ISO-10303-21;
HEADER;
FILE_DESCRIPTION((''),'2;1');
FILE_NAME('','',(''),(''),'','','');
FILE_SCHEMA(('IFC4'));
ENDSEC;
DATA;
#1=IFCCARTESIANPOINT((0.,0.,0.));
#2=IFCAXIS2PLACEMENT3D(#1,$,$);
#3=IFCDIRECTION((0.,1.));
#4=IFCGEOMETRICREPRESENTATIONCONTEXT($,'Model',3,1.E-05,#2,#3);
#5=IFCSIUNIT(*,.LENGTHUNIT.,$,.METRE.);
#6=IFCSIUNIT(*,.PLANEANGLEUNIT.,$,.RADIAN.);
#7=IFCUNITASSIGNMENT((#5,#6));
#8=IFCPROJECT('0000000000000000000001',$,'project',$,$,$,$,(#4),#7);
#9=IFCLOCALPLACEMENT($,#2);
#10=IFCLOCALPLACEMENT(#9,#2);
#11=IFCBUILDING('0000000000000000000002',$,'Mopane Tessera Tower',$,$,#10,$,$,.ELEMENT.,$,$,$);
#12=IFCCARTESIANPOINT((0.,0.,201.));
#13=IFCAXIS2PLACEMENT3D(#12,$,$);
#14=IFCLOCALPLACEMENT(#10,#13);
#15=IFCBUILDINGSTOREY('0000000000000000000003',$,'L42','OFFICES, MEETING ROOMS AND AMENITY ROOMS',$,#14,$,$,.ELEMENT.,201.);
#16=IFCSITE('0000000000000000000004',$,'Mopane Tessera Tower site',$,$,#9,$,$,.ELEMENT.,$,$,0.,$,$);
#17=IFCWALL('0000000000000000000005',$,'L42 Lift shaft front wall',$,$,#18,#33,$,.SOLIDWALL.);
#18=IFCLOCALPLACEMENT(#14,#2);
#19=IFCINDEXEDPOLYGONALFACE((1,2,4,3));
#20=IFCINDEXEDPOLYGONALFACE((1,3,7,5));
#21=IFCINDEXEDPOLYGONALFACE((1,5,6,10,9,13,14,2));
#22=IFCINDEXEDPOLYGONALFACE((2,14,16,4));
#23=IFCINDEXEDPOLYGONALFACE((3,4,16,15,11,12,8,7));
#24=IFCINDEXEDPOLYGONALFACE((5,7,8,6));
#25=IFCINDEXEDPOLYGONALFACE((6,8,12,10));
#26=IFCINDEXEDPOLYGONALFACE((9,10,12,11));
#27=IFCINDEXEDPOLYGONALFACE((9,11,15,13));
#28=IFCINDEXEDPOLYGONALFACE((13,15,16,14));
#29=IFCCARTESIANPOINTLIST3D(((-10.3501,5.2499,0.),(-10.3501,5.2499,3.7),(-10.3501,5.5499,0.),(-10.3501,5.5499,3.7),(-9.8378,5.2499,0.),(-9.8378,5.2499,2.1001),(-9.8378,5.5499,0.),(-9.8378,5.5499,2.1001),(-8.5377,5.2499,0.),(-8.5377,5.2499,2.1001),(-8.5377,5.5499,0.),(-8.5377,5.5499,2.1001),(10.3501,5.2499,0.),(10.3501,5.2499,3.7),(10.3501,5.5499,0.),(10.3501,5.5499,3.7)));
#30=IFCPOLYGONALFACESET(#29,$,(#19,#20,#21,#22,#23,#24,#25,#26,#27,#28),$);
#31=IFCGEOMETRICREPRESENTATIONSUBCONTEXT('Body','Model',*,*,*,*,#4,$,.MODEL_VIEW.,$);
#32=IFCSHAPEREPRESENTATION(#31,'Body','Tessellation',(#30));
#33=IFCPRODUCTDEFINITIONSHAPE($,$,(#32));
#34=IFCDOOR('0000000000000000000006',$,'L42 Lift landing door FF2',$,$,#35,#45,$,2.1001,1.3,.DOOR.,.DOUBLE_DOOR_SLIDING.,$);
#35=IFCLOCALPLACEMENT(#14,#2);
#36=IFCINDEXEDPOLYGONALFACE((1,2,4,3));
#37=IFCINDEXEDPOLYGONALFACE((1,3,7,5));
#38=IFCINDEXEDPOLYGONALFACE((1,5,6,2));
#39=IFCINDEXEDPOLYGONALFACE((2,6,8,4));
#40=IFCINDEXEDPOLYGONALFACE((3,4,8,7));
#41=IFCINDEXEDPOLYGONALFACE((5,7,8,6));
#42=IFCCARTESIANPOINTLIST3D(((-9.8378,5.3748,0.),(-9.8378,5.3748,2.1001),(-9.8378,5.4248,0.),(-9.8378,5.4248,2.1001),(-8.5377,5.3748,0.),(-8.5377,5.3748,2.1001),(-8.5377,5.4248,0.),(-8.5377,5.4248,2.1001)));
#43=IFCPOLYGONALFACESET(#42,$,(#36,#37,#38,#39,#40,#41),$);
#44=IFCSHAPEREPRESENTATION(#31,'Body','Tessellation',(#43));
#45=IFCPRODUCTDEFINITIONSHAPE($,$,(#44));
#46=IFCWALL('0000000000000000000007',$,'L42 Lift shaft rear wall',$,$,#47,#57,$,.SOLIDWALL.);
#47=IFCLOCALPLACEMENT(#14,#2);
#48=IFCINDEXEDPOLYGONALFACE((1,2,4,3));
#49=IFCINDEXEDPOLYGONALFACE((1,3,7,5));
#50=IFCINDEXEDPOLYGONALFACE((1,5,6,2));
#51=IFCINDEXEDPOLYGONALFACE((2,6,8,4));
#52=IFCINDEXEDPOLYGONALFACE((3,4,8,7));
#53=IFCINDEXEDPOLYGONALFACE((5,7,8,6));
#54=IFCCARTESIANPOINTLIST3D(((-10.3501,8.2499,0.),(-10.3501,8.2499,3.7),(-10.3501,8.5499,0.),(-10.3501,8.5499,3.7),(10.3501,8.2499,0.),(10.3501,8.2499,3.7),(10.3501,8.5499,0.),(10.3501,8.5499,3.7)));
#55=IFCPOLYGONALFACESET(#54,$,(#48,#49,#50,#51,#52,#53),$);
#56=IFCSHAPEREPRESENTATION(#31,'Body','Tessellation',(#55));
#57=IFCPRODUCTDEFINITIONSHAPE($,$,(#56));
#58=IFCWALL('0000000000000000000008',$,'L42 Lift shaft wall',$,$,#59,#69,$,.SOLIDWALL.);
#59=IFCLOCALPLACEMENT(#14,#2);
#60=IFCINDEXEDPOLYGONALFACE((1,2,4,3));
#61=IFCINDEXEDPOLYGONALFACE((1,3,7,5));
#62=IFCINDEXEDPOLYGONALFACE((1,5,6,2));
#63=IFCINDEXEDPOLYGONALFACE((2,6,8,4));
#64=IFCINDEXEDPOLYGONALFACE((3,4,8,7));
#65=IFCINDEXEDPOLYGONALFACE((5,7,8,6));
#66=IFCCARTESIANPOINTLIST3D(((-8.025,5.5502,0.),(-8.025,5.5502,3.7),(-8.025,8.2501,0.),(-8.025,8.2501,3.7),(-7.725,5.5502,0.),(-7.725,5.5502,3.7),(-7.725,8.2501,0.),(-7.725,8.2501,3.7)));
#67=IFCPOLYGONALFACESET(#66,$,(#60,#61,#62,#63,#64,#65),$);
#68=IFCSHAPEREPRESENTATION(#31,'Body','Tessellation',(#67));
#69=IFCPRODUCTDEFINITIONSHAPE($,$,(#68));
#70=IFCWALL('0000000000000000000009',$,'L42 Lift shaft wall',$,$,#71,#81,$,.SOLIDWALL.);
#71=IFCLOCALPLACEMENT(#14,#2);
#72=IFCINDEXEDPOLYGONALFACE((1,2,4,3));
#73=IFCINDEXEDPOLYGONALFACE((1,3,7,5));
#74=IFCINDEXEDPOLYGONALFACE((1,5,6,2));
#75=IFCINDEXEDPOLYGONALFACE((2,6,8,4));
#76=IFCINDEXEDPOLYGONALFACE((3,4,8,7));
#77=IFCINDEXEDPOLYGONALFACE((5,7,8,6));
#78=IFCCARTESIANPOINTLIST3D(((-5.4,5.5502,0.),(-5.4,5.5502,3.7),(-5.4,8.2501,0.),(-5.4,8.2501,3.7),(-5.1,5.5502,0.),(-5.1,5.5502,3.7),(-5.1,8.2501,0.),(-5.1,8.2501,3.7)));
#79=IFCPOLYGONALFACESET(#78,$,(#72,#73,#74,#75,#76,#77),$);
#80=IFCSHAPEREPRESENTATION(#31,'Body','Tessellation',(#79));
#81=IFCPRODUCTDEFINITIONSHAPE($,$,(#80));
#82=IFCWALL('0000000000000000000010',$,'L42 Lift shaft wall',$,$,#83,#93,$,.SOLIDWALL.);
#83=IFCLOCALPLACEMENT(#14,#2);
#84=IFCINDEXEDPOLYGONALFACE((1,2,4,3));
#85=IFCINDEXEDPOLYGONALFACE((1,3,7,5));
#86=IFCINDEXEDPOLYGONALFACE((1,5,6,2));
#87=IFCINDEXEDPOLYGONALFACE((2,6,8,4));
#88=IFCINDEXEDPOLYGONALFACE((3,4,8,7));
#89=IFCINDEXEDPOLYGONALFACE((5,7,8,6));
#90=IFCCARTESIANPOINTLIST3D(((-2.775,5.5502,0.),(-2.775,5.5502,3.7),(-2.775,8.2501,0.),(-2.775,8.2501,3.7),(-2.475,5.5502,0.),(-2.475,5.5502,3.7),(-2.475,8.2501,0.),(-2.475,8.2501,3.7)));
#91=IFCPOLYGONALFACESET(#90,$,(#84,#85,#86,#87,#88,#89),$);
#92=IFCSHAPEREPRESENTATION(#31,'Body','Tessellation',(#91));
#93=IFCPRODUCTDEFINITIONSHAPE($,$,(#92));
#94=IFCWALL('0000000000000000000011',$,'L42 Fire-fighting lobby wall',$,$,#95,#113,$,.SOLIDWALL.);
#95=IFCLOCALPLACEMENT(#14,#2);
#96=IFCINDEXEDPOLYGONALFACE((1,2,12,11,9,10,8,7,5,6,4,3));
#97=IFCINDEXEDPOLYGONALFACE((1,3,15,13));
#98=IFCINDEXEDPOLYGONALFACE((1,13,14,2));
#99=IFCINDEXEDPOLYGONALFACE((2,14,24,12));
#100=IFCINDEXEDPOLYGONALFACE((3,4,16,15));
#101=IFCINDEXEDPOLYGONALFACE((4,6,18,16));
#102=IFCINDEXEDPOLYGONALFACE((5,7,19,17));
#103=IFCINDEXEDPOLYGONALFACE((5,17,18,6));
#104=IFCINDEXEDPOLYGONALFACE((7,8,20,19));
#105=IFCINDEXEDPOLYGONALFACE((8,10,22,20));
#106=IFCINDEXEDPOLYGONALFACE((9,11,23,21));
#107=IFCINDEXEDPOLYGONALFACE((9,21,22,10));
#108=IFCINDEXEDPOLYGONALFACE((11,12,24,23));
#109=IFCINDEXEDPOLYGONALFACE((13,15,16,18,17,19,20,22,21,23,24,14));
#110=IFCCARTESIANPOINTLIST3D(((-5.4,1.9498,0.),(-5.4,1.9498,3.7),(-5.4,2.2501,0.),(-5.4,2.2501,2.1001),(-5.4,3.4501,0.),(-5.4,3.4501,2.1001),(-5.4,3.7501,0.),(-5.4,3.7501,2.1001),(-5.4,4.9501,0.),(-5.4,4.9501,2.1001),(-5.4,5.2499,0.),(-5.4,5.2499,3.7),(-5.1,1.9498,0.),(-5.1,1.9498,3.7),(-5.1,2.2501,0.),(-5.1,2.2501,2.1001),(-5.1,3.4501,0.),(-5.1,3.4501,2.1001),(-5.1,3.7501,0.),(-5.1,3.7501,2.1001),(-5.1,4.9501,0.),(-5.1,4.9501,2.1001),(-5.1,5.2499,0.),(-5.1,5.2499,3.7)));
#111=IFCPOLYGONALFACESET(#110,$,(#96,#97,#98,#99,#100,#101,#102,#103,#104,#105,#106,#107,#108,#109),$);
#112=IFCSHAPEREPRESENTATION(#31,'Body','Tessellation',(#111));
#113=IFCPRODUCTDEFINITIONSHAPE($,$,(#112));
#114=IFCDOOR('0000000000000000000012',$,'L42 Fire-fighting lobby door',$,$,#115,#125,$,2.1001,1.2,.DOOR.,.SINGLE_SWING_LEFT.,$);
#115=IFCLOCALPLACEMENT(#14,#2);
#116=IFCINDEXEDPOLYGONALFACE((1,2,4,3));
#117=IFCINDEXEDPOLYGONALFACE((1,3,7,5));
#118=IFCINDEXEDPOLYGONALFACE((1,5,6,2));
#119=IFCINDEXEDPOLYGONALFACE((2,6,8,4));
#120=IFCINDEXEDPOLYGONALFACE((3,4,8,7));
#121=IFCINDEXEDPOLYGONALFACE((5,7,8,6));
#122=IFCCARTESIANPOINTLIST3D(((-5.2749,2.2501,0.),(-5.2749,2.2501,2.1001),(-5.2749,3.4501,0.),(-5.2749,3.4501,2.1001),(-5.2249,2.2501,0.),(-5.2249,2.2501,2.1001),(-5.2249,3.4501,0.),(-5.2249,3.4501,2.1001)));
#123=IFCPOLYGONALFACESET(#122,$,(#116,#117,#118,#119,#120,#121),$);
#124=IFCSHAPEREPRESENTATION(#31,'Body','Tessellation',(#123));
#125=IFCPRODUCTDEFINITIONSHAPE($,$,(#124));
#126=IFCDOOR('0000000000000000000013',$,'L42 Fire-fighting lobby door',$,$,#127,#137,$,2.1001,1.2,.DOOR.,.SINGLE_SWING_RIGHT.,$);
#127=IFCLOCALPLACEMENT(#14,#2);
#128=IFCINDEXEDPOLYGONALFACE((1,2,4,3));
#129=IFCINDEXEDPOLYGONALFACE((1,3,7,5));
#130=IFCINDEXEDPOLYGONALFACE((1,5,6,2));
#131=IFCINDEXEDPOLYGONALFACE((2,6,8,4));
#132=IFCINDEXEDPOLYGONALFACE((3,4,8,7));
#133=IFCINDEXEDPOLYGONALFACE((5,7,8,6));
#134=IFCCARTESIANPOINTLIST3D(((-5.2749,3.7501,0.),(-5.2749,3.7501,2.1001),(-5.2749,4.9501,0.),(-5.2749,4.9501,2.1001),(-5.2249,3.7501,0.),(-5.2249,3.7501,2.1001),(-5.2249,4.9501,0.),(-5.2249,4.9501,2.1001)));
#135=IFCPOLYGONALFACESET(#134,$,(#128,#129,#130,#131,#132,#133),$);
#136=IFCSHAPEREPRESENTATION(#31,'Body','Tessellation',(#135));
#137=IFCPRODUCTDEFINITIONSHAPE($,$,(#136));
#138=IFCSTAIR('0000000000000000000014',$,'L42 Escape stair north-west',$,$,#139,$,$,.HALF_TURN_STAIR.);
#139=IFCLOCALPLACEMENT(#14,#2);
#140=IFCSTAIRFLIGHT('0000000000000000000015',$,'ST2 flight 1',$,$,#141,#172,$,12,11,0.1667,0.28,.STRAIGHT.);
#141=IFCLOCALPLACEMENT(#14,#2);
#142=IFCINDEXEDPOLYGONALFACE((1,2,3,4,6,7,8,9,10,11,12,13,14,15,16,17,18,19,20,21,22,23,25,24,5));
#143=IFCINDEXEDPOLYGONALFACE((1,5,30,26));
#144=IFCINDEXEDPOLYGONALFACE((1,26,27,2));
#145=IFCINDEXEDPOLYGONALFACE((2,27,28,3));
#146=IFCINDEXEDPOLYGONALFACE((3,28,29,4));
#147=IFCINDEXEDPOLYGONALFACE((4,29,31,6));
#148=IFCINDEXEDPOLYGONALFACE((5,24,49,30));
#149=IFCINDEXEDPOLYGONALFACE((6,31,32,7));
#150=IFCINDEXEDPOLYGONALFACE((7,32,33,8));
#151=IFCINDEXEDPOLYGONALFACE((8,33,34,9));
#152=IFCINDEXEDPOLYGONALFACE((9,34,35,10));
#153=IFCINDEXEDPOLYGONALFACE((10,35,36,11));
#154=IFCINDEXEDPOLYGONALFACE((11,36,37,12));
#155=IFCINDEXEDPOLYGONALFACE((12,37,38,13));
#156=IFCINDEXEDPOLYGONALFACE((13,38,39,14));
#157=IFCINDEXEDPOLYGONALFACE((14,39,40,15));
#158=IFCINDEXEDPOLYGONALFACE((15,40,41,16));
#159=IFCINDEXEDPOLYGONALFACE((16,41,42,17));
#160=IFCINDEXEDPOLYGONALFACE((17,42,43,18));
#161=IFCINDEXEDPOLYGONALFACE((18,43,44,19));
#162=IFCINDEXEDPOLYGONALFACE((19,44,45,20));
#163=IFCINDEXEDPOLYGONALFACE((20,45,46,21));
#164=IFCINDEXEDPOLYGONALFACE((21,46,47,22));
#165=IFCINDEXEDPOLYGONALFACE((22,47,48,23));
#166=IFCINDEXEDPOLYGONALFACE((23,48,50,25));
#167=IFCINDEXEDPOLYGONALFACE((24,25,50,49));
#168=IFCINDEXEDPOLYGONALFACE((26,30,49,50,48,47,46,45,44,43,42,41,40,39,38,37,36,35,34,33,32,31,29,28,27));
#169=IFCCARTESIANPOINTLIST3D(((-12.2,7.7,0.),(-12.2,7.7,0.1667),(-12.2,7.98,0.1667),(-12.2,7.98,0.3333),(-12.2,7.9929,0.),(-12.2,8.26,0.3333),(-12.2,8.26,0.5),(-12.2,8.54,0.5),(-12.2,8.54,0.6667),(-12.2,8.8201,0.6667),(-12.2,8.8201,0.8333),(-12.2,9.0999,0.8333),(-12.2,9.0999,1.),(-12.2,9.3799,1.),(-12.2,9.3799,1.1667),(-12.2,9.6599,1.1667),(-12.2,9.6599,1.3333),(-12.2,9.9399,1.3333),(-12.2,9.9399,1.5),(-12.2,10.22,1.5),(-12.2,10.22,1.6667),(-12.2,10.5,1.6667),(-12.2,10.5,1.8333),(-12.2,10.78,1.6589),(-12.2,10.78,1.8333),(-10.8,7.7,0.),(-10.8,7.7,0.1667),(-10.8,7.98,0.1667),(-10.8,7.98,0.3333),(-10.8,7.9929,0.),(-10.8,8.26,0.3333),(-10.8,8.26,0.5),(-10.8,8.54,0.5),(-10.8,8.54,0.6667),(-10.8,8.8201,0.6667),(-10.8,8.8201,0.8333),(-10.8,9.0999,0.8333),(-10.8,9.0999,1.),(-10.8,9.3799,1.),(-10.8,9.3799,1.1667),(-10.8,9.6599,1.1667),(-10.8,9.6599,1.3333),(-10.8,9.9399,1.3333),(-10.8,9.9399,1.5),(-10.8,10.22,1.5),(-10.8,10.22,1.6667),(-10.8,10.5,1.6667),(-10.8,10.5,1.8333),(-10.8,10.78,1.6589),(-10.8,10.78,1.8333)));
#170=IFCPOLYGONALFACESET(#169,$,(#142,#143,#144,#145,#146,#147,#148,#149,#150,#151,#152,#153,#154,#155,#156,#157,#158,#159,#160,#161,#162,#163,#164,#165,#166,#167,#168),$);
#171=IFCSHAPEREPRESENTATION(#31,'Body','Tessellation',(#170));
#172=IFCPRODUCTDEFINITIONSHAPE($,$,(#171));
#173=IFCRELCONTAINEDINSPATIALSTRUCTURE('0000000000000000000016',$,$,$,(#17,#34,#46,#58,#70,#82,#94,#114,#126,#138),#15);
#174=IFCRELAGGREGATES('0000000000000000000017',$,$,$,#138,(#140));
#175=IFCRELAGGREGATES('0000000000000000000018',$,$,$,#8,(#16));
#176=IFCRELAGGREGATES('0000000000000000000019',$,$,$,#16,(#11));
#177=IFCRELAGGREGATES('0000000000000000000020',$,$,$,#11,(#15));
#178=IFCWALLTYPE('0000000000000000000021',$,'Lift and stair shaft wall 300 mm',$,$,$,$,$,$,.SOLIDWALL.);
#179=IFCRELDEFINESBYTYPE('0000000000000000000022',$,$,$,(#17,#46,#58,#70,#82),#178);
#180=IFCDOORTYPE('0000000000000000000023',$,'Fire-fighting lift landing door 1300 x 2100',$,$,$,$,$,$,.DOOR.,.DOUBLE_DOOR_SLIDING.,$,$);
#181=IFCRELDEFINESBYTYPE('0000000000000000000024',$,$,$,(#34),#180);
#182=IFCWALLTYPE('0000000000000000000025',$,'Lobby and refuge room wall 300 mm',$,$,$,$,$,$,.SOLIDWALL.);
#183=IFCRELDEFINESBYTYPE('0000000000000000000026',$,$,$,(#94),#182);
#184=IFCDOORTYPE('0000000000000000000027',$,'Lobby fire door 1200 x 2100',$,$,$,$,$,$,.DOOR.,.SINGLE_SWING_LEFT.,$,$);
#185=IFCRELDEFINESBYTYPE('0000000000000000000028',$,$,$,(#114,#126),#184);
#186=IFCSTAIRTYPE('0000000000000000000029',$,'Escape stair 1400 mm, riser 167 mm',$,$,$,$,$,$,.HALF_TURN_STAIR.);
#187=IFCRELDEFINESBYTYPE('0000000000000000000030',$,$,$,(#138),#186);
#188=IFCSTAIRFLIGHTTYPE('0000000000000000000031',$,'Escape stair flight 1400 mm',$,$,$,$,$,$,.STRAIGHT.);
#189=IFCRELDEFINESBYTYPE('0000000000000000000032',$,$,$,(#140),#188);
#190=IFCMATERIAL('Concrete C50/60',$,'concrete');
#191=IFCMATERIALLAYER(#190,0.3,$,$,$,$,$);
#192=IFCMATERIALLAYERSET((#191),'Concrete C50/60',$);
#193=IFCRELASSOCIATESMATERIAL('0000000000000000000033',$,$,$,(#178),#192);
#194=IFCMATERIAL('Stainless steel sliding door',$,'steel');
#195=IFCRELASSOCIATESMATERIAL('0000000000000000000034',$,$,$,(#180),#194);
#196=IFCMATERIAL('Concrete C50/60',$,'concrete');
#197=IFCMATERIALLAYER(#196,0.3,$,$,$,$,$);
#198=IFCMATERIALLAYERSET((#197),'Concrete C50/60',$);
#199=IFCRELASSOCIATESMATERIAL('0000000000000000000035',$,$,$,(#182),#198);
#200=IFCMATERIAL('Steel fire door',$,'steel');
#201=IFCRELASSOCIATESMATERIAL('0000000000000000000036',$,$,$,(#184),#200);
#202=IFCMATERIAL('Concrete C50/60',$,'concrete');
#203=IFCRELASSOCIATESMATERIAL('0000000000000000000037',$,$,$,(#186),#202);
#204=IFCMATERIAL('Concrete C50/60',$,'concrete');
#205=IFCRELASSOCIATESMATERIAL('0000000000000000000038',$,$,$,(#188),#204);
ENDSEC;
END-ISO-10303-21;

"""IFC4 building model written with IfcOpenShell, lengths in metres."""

from ifc_helpers import new_model, si_unit, direction, frame, frame_2d, origin, place, context, subcontext, project, spatial, polyline, rectangle, outline, extrude, material, layer, layer_set, type_object, element, fill, aggregate, save


model = new_model("IFC4")

# Units and contexts
model_context = context("Model", 3, precision=1e-05, world=origin(), true_north=direction((0.0, 1.0)))
body_context = subcontext(model_context, "Body", "Model", "MODEL_VIEW")
ifc_project = project(units=[si_unit("LENGTHUNIT", "METRE"), si_unit("PLANEANGLEUNIT", "RADIAN")], contexts=[model_context])

# Site, building, storey
site_placement = place(None, origin())
site = spatial("IfcSite", under=ifc_project, at=site_placement, Name="Mopane Tessera Tower site", CompositionType="ELEMENT", RefElevation=0.0)
building_placement = place(site_placement, origin())
building = spatial("IfcBuilding", under=site, at=building_placement, Name="Mopane Tessera Tower", CompositionType="ELEMENT")
storey_placement = place(building_placement, frame((0.0, 0.0, 201.0)))
storey = spatial("IfcBuildingStorey", under=building, at=storey_placement, Name="L42", Description="OFFICES, MEETING ROOMS AND AMENITY ROOMS", CompositionType="ELEMENT", Elevation=201.0)

# Shared definitions
ifc_material_1 = material(Name="Concrete C50/60", Category="concrete")
ifc_layer_1 = layer(ifc_material_1, 0.3)
ifc_layer_set_1 = layer_set([ifc_layer_1], Name="Concrete C50/60")
wall_type_1 = type_object("IfcWallType", Name="Lift and stair shaft wall 300 mm", PredefinedType="SOLIDWALL", material=ifc_layer_set_1)

# Shared definitions
ifc_material_2 = material(Name="Stainless steel sliding door", Category="steel")
door_type_1 = type_object("IfcDoorType", Name="Fire-fighting lift landing door 1300 x 2100", OperationType="DOUBLE_DOOR_SLIDING", PredefinedType="DOOR", material=ifc_material_2)

# Wall, opening, door
wall_1_placement = place(storey_placement, frame((-10.3501, 5.3999, 0.0), z_axis=(0.0, 0.0, 1.0), x_axis=(1.0, 0.0, 0.0)))
wall_1 = element("IfcWall", 1, at=wall_1_placement, inside=storey, type_object=wall_type_1, Name="L42 Lift shaft front wall", PredefinedType="SOLIDWALL", context=body_context, shape_type="SweptSolid", body=[
    extrude(rectangle(XDim=20.7002, YDim=0.3, at=frame_2d((10.3501, 0.0))), origin(), (0.0, 0.0, 1.0), 3.7),
])
opening_1_placement = place(wall_1_placement, frame((0.5125, 0.0, 0.0)))
opening_1 = element("IfcOpeningElement", 2, at=opening_1_placement, cuts=wall_1, PredefinedType="OPENING", context=body_context, shape_type="SweptSolid", body=[
    extrude(rectangle(XDim=1.3, YDim=2.1001, at=frame_2d((0.6499, 1.05))), frame((0.0, 0.1621, 0.0), z_axis=(0.0, -1.0, 0.0), x_axis=(1.0, 0.0, 0.0)), (0.0, 0.0, 1.0), 0.324),
])
door_1_placement = place(opening_1_placement, origin())
door_1 = element("IfcDoor", 3, at=door_1_placement, inside=storey, type_object=door_type_1, Name="L42 Lift landing door FF2", OperationType="DOUBLE_DOOR_SLIDING", OverallHeight=2.1001, OverallWidth=1.3, PredefinedType="DOOR", context=body_context, shape_type="SweptSolid", body=[
    extrude(rectangle(XDim=1.3, YDim=2.1001, at=frame_2d((0.6499, 1.05))), frame((0.0, 0.0249, 0.0), z_axis=(0.0, -1.0, 0.0), x_axis=(1.0, 0.0, 0.0)), (0.0, 0.0, 1.0), 0.05),
])
fill(opening_1, door_1)

# Walls
wall_2_placement = place(storey_placement, frame((-10.3501, 8.3999, 0.0), z_axis=(0.0, 0.0, 1.0), x_axis=(1.0, 0.0, 0.0)))
element("IfcWall", 4, at=wall_2_placement, inside=storey, type_object=wall_type_1, Name="L42 Lift shaft rear wall", PredefinedType="SOLIDWALL", context=body_context, shape_type="SweptSolid", body=[
    extrude(rectangle(XDim=20.7002, YDim=0.3, at=frame_2d((10.3501, 0.0))), origin(), (0.0, 0.0, 1.0), 3.7),
])
for number, where, z_axis, x_axis, name in (
    (5, (-7.875, 5.55, 0.0), (0.0, 0.0, 1.0), (0.0, 1.0, 0.0), "L42 Lift shaft wall"),
    (6, (-5.25, 5.55, 0.0), (0.0, 0.0, 1.0), (0.0, 1.0, 0.0), "L42 Lift shaft wall"),
    (7, (-2.625, 5.55, 0.0), (0.0, 0.0, 1.0), (0.0, 1.0, 0.0), "L42 Lift shaft wall"),
):
    element("IfcWall", number, at=place(storey_placement, frame(where, z_axis=z_axis, x_axis=x_axis)), inside=storey, type_object=wall_type_1, Name=name, PredefinedType="SOLIDWALL", context=body_context, shape_type="SweptSolid", body=[
        extrude(rectangle(XDim=2.7, YDim=0.3, at=frame_2d((1.3501, 0.0))), origin(), (0.0, 0.0, 1.0), 3.7),
    ])

# Wall, openings, doors
ifc_material_3 = material(Name="Concrete C50/60", Category="concrete")
ifc_layer_2 = layer(ifc_material_3, 0.3)
ifc_layer_set_2 = layer_set([ifc_layer_2], Name="Concrete C50/60")
wall_type_2 = type_object("IfcWallType", Name="Lobby and refuge room wall 300 mm", PredefinedType="SOLIDWALL", material=ifc_layer_set_2)
wall_3_placement = place(storey_placement, frame((-5.25, 1.95, 0.0), z_axis=(0.0, 0.0, 1.0), x_axis=(0.0, 1.0, 0.0)))
wall_3 = element("IfcWall", 8, at=wall_3_placement, inside=storey, type_object=wall_type_2, Name="L42 Fire-fighting lobby wall", PredefinedType="SOLIDWALL", context=body_context, shape_type="SweptSolid", body=[
    extrude(rectangle(XDim=3.3, YDim=0.3, at=frame_2d((1.6499, 0.0))), origin(), (0.0, 0.0, 1.0), 3.7),
])
opening_2_placement = place(wall_3_placement, frame((0.3, 0.0, 0.0)))
opening_2 = element("IfcOpeningElement", 9, at=opening_2_placement, cuts=wall_3, PredefinedType="OPENING", context=body_context, shape_type="SweptSolid", body=[
    extrude(rectangle(XDim=1.2, YDim=2.1001, at=frame_2d((0.6001, 1.05))), frame((0.0, 0.1621, 0.0), z_axis=(0.0, -1.0, 0.0), x_axis=(1.0, 0.0, 0.0)), (0.0, 0.0, 1.0), 0.324),
])
opening_3_placement = place(wall_3_placement, frame((1.8, 0.0, 0.0)))
opening_3 = element("IfcOpeningElement", 10, at=opening_3_placement, cuts=wall_3, PredefinedType="OPENING", context=body_context, shape_type="SweptSolid", body=[
    extrude(rectangle(XDim=1.2, YDim=2.1001, at=frame_2d((0.6001, 1.05))), frame((0.0, 0.1621, 0.0), z_axis=(0.0, -1.0, 0.0), x_axis=(1.0, 0.0, 0.0)), (0.0, 0.0, 1.0), 0.324),
])
ifc_material_4 = material(Name="Steel fire door", Category="steel")
door_type_2 = type_object("IfcDoorType", Name="Lobby fire door 1200 x 2100", OperationType="SINGLE_SWING_LEFT", PredefinedType="DOOR", material=ifc_material_4)
door_2_placement = place(opening_2_placement, origin())
door_2 = element("IfcDoor", 11, at=door_2_placement, inside=storey, type_object=door_type_2, Name="L42 Fire-fighting lobby door", OperationType="SINGLE_SWING_LEFT", OverallHeight=2.1001, OverallWidth=1.2, PredefinedType="DOOR", context=body_context, shape_type="SweptSolid", body=[
    extrude(rectangle(XDim=1.2, YDim=2.1001, at=frame_2d((0.6001, 1.05))), frame((0.0, 0.0249, 0.0), z_axis=(0.0, -1.0, 0.0), x_axis=(1.0, 0.0, 0.0)), (0.0, 0.0, 1.0), 0.05),
])
fill(opening_2, door_2)
door_3_placement = place(opening_3_placement, origin())
door_3 = element("IfcDoor", 12, at=door_3_placement, inside=storey, type_object=door_type_2, Name="L42 Fire-fighting lobby door", OperationType="SINGLE_SWING_RIGHT", OverallHeight=2.1001, OverallWidth=1.2, PredefinedType="DOOR", context=body_context, shape_type="SweptSolid", body=[
    extrude(rectangle(XDim=1.2, YDim=2.1001, at=frame_2d((0.6001, 1.05))), frame((0.0, 0.0249, 0.0), z_axis=(0.0, -1.0, 0.0), x_axis=(1.0, 0.0, 0.0)), (0.0, 0.0, 1.0), 0.05),
])
fill(opening_3, door_3)

# Stair, stair flight
ifc_material_5 = material(Name="Concrete C50/60", Category="concrete")
stair_type = type_object("IfcStairType", Name="Escape stair 1400 mm, riser 167 mm", PredefinedType="HALF_TURN_STAIR", material=ifc_material_5)
stair_placement = place(storey_placement, origin())
stair = element("IfcStair", 13, at=stair_placement, inside=storey, type_object=stair_type, Name="L42 Escape stair north-west", PredefinedType="HALF_TURN_STAIR")
ifc_material_6 = material(Name="Concrete C50/60", Category="concrete")
stair_flight_type = type_object("IfcStairFlightType", Name="Escape stair flight 1400 mm", PredefinedType="STRAIGHT", material=ifc_material_6)
stair_flight_placement = place(storey_placement, frame((-11.5, 7.7, 0.0), z_axis=(0.0, 0.0, 1.0), x_axis=(0.0, 1.0, 0.0)))
stair_flight = element("IfcStairFlight", 14, at=stair_flight_placement, type_object=stair_flight_type, Name="ST2 flight 1", NumberOfRisers=12, NumberOfTreads=11, PredefinedType="STRAIGHT", RiserHeight=0.1667, TreadLength=0.28, context=body_context, shape_type="SweptSolid", body=[
    extrude(outline(polyline([(0.0, 0.0), (0.0, 0.1667), (0.28, 0.1667), (0.28, 0.3333), (0.5601, 0.3333), (0.5601, 0.5), (0.8401, 0.5), (0.8401, 0.6667), (1.1201, 0.6667), (1.1201, 0.8333), (1.3999, 0.8333), (1.3999, 1.0), (1.6799, 1.0), (1.6799, 1.1667), (1.96, 1.1667), (1.96, 1.3333), (2.24, 1.3333), (2.24, 1.5), (2.52, 1.5), (2.52, 1.6667), (2.8, 1.6667), (2.8, 1.8333), (3.0801, 1.8333), (3.0801, 2.0), (3.0801, 1.6589), (0.293, 0.0), (0.0, 0.0)])), frame((0.0, 0.7, 0.0), z_axis=(0.0, -1.0, 0.0), x_axis=(1.0, 0.0, 0.0)), (0.0, 0.0, 1.0), 1.3999),
])
aggregate(stair, [stair_flight])

save(model, "model.ifc")
